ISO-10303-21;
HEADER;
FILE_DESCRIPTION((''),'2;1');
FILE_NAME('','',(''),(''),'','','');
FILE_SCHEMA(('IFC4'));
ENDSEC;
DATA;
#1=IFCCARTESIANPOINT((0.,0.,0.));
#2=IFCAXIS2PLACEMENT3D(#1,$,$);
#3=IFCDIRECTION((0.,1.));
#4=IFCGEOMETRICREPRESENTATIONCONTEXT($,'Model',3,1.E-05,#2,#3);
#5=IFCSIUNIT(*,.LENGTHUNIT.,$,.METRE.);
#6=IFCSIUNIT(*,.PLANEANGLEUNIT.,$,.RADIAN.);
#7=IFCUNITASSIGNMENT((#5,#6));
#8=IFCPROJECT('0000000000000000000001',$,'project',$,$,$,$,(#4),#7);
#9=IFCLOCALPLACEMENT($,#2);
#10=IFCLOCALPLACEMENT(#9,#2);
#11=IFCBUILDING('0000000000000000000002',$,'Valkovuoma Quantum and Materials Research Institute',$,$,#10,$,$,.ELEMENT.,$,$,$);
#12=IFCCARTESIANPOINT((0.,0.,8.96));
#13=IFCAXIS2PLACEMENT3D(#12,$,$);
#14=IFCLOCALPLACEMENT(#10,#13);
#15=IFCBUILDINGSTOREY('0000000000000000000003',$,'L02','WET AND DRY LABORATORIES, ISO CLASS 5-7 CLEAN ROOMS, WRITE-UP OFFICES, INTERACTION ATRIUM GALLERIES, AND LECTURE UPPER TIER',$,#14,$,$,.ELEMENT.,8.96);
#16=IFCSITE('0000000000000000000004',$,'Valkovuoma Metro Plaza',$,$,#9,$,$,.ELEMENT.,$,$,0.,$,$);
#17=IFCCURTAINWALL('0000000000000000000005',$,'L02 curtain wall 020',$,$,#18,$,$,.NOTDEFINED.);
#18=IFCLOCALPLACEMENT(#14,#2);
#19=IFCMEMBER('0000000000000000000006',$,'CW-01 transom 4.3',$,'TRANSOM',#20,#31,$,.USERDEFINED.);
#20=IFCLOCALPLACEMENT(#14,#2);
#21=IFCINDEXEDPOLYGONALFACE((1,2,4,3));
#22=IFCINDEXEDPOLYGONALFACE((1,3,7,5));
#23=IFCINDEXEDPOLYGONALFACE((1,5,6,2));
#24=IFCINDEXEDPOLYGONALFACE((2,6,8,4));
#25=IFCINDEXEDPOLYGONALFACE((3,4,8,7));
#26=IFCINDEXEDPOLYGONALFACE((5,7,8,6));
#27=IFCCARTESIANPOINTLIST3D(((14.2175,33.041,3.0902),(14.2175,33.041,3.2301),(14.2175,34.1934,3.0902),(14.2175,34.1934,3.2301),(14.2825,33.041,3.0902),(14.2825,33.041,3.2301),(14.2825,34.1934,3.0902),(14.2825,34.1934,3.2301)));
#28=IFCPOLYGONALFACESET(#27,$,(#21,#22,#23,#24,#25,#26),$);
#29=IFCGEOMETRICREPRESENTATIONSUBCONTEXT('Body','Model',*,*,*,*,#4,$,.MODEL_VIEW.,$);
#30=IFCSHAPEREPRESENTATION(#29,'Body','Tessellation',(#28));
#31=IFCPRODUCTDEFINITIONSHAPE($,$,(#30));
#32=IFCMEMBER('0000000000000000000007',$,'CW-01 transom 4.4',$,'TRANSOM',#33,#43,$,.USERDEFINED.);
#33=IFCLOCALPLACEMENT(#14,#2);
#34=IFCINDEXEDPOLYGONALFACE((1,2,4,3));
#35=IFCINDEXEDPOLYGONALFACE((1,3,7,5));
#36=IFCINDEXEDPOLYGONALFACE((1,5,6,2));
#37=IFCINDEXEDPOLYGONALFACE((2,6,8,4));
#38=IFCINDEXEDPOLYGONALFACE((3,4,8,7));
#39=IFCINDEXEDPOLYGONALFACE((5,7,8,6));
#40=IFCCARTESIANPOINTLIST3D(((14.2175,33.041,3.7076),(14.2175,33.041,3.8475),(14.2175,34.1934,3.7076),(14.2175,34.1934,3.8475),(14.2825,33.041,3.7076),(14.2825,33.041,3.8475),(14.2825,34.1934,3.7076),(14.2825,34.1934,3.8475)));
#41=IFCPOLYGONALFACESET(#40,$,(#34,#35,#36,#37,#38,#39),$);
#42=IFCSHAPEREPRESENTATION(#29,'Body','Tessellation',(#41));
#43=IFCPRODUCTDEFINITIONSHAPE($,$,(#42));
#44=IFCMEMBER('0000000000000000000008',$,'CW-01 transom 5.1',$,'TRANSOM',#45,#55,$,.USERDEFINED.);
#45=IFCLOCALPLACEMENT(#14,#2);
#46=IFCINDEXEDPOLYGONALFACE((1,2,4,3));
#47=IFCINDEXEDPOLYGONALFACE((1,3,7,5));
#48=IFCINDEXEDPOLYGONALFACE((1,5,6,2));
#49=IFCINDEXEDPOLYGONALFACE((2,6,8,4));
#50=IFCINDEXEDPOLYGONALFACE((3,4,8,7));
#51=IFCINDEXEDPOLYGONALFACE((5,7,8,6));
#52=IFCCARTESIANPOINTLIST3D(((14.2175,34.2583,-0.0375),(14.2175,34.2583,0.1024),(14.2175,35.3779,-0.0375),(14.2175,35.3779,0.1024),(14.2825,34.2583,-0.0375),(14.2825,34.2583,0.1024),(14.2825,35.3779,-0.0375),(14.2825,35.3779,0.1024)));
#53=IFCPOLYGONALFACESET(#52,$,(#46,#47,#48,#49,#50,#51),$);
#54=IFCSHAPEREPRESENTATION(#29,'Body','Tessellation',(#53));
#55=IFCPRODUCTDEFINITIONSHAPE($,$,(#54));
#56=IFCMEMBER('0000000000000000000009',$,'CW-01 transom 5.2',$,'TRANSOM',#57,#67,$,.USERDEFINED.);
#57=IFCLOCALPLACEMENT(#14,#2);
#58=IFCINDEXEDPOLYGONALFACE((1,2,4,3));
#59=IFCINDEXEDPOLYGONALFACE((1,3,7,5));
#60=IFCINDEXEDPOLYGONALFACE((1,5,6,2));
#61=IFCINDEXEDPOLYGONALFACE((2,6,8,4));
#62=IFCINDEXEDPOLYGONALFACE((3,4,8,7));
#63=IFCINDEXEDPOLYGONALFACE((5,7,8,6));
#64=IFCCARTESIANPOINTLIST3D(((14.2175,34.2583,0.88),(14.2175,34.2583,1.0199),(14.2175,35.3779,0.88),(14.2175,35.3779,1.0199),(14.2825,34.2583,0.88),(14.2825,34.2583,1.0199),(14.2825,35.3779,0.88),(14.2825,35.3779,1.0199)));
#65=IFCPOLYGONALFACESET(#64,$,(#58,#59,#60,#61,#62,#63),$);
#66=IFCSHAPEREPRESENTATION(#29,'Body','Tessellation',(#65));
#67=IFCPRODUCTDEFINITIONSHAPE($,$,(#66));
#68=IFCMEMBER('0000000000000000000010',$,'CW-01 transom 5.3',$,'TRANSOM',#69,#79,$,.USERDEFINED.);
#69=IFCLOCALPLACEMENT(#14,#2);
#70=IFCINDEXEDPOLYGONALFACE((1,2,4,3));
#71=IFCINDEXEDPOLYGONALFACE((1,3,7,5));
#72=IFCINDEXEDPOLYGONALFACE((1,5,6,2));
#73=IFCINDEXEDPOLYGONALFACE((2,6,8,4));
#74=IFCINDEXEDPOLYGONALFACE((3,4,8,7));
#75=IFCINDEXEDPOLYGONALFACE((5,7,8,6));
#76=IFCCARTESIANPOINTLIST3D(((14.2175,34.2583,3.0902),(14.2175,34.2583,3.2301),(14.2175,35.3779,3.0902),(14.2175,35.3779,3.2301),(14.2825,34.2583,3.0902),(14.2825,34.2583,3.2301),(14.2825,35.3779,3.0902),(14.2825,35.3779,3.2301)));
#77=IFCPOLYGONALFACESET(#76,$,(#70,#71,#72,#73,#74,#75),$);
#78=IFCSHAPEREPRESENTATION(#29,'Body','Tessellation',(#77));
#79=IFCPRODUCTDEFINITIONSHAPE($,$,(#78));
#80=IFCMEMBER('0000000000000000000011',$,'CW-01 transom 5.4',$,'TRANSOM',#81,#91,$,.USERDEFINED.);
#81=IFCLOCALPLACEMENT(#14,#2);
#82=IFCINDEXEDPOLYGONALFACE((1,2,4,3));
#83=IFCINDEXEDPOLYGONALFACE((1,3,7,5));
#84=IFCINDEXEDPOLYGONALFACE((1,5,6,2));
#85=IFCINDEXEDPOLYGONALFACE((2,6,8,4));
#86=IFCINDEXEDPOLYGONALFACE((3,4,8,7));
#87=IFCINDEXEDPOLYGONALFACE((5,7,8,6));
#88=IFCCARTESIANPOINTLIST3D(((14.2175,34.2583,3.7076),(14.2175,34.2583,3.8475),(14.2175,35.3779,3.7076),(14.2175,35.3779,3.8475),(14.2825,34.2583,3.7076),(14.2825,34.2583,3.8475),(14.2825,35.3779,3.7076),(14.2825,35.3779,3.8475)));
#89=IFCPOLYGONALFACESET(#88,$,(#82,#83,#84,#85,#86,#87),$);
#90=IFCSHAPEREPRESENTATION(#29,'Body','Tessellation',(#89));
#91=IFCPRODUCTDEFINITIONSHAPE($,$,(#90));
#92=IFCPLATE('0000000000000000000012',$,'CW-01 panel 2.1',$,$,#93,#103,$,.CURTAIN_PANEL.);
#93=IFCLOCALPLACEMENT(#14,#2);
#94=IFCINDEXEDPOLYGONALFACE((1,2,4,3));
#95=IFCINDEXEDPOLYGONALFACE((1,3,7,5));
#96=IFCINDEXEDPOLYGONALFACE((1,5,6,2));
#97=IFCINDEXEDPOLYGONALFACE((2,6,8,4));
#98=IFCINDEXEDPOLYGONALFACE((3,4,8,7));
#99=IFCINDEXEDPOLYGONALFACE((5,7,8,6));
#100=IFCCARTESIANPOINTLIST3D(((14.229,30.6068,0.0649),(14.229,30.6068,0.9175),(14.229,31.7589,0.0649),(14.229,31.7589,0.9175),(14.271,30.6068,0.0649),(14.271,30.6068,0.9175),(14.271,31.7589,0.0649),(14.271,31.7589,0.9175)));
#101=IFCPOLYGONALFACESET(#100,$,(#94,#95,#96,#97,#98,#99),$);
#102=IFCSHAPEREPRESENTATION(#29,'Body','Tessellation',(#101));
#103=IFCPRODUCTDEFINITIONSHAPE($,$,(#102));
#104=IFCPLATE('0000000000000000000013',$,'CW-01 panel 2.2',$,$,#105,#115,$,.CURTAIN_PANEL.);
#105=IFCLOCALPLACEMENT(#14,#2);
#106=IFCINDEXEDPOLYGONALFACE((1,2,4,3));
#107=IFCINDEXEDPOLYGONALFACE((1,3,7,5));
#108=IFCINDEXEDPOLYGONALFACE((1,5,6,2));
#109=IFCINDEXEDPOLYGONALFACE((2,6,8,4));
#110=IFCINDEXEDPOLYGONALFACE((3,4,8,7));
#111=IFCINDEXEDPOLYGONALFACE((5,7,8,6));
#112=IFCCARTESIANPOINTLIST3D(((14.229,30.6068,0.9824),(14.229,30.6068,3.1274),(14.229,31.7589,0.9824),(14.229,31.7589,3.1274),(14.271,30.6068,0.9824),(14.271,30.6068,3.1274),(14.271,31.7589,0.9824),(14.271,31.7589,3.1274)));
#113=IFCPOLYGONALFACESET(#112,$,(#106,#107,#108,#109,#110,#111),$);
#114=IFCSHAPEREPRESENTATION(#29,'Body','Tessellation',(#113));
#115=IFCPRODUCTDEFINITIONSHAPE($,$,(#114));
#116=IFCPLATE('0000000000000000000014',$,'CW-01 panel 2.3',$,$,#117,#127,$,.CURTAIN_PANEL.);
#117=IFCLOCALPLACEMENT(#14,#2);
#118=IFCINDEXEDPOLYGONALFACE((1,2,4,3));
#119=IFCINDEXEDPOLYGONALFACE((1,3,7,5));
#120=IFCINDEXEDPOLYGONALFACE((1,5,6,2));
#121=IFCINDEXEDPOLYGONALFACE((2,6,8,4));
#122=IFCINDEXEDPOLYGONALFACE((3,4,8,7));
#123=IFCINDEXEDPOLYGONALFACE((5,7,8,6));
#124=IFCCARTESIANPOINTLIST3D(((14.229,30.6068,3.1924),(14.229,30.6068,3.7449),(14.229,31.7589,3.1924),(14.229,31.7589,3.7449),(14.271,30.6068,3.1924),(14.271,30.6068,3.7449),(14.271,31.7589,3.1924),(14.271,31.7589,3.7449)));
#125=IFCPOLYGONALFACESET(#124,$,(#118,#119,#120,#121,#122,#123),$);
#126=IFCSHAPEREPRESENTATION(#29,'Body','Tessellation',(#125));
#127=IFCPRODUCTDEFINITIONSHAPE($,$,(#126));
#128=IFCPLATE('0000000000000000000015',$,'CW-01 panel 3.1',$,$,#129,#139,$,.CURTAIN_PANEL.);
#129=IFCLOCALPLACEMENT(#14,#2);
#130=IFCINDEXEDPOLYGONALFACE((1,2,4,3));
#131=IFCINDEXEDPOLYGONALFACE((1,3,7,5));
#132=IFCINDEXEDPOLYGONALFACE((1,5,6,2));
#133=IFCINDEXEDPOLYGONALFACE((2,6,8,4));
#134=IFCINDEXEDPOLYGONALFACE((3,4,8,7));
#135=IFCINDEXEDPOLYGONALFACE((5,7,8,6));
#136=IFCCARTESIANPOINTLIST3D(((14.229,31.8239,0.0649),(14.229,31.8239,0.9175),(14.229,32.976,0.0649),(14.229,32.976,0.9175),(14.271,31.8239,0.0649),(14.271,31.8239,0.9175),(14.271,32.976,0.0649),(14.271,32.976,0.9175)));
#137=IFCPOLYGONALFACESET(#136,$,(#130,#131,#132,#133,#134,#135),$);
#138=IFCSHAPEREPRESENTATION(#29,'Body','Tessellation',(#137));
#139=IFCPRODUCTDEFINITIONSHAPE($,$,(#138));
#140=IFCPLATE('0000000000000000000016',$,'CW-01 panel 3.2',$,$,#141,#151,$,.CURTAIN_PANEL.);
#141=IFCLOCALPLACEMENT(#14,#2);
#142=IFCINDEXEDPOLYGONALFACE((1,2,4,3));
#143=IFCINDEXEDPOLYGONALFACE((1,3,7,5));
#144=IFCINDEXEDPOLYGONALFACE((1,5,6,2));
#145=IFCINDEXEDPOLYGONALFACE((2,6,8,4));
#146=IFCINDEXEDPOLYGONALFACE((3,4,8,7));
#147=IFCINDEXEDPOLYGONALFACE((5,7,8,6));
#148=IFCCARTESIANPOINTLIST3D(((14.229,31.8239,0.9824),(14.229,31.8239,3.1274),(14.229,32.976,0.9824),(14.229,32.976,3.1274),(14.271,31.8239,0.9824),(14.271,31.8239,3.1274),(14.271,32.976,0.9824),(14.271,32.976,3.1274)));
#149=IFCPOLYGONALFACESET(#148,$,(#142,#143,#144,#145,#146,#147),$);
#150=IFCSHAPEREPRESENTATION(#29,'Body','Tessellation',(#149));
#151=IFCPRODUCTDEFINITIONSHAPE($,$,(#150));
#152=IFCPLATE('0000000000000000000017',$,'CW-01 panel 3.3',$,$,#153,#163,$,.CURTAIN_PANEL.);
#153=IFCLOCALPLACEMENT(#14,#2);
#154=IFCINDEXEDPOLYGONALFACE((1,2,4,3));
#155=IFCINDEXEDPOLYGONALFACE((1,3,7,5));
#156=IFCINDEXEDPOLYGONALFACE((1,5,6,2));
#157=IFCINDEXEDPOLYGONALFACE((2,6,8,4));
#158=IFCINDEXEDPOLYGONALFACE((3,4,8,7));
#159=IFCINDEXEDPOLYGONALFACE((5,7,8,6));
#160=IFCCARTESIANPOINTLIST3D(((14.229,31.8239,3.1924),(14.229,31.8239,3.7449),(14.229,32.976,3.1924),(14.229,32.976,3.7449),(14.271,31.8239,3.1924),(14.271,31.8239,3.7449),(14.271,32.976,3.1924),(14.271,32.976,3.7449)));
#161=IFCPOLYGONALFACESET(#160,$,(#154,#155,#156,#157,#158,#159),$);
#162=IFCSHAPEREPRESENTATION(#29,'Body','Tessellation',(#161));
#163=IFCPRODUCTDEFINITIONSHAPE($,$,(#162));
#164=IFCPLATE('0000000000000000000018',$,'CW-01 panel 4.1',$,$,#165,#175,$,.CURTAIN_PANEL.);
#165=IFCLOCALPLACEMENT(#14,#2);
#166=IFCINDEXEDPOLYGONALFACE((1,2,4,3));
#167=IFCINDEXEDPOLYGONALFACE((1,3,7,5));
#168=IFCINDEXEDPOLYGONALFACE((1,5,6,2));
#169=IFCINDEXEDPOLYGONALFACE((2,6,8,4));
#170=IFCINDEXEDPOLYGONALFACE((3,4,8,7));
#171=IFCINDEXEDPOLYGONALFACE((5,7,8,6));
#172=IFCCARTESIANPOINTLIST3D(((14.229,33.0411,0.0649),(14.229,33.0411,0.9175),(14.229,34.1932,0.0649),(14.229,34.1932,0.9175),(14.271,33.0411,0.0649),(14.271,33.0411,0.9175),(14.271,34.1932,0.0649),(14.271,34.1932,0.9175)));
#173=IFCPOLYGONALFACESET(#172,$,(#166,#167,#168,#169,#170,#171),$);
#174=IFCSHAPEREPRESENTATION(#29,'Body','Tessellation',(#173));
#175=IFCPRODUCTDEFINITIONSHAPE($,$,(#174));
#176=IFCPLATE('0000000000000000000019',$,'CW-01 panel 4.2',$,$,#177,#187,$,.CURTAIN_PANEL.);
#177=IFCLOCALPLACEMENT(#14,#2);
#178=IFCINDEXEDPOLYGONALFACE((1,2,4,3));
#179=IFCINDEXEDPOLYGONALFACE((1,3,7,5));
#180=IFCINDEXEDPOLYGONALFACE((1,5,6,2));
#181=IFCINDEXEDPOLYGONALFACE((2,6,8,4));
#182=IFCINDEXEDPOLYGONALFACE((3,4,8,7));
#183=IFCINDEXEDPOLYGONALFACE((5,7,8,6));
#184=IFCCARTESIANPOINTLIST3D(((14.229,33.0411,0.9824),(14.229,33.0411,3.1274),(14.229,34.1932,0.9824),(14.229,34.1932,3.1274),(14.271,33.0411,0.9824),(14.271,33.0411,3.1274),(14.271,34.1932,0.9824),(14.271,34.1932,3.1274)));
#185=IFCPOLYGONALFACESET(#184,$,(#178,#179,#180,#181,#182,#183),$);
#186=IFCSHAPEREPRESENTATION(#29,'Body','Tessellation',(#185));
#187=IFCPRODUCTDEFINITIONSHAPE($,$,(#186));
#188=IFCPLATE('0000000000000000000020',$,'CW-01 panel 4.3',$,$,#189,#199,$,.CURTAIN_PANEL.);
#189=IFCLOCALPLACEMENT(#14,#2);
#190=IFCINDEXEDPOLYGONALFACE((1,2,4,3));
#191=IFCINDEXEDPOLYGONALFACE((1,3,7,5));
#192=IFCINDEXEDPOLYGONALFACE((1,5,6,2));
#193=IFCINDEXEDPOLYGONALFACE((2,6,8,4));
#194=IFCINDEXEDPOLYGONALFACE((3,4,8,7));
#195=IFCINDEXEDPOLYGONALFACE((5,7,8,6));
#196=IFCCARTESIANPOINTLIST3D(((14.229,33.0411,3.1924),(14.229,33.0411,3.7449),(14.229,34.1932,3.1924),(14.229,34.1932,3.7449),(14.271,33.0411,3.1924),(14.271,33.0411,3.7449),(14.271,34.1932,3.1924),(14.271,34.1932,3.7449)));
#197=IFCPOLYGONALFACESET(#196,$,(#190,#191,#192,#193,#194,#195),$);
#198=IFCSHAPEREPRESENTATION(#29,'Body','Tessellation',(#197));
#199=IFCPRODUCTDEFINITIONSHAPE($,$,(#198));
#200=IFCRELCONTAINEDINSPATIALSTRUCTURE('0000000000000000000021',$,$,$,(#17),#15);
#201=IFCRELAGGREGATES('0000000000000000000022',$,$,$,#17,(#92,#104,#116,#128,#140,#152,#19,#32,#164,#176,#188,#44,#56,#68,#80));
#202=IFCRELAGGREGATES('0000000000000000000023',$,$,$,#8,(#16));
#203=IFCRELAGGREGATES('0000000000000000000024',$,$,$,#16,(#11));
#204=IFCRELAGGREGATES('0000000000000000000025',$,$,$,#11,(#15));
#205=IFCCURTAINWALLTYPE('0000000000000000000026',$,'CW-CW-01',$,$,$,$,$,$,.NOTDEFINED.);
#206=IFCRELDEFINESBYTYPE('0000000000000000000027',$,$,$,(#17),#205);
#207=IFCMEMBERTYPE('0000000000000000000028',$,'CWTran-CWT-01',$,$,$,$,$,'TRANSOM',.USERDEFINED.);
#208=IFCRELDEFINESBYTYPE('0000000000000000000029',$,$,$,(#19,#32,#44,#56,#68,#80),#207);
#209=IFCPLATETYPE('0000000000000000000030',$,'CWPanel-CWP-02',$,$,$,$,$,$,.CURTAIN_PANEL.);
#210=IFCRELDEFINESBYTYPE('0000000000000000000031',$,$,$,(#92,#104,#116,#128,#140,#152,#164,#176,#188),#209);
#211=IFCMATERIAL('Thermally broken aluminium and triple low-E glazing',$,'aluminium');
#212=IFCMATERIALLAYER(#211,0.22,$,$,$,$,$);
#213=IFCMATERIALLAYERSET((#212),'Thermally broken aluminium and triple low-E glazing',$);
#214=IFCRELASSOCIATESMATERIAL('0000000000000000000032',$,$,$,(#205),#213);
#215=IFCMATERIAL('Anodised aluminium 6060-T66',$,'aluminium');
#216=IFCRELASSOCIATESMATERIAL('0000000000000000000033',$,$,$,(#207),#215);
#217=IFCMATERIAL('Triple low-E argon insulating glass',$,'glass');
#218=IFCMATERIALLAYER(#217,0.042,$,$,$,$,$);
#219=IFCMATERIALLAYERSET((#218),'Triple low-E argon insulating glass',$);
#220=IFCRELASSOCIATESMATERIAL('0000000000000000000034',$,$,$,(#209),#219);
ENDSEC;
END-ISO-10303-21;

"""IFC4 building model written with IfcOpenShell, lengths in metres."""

from ifc_helpers import new_model, si_unit, direction, frame, origin, origin_2d, place, context, subcontext, project, spatial, rectangle, extrude, material, layer, layer_set, material_profile, profile_set, type_object, element, aggregate, save


model = new_model("IFC4")

# Units and contexts
model_context = context("Model", 3, precision=1e-05, world=origin(), true_north=direction((0.0, 1.0)))
body_context = subcontext(model_context, "Body", "Model", "MODEL_VIEW")
ifc_project = project(units=[si_unit("LENGTHUNIT", "METRE"), si_unit("PLANEANGLEUNIT", "RADIAN")], contexts=[model_context])

# Site, building, storey
site_placement = place(None, origin())
site = spatial("IfcSite", under=ifc_project, at=site_placement, Name="Valkovuoma Metro Plaza", CompositionType="ELEMENT", RefElevation=0.0)
building_placement = place(site_placement, origin())
building = spatial("IfcBuilding", under=site, at=building_placement, Name="Valkovuoma Quantum and Materials Research Institute", CompositionType="ELEMENT")
storey_placement = place(building_placement, frame((0.0, 0.0, 8.96)))
storey = spatial("IfcBuildingStorey", under=building, at=storey_placement, Name="L02", Description="WET AND DRY LABORATORIES, ISO CLASS 5-7 CLEAN ROOMS, WRITE-UP OFFICES, INTERACTION ATRIUM GALLERIES, AND LECTURE UPPER TIER", CompositionType="ELEMENT", Elevation=8.96)

# Curtain wall, members, plates
ifc_material_1 = material(Name="Thermally broken aluminium and triple low-E glazing", Category="aluminium")
ifc_layer_1 = layer(ifc_material_1, 0.22)
ifc_layer_set_1 = layer_set([ifc_layer_1], Name="Thermally broken aluminium and triple low-E glazing")
curtain_wall_type = type_object("IfcCurtainWallType", Name="CW-CW-01", PredefinedType="NOTDEFINED", material=ifc_layer_set_1)
curtain_wall_placement = place(storey_placement, origin())
curtain_wall = element("IfcCurtainWall", 1, at=curtain_wall_placement, inside=storey, type_object=curtain_wall_type, Name="L02 curtain wall 020", PredefinedType="NOTDEFINED")
ifc_material_2 = material(Name="Anodised aluminium 6060-T66", Category="aluminium")
ifc_material_profile_1 = material_profile(ifc_material_2, rectangle(XDim=0.0649, YDim=0.1399, at=origin_2d()), Name="Anodised aluminium 6060-T66")
ifc_profile_set_1 = profile_set([ifc_material_profile_1], Name="Anodised aluminium 6060-T66")
member_type_1 = type_object("IfcMemberType", Name="CWTran-CWT-01", ElementType="TRANSOM", PredefinedType="USERDEFINED", material=ifc_profile_set_1)
member_1_placement = place(storey_placement, frame((14.25, 33.041, 3.1602), z_axis=(0.0, 1.0, 0.0), x_axis=(-1.0, 0.0, 0.0)))
member_1 = element("IfcMember", 2, at=member_1_placement, type_object=member_type_1, Name="CW-01 transom 4.3", ObjectType="TRANSOM", PredefinedType="USERDEFINED", context=body_context, shape_type="SweptSolid", body=[
    extrude(rectangle(XDim=0.0649, YDim=0.1399, at=origin_2d()), origin(), (0.0, 0.0, 1.0), 1.1523),
])
member_2_placement = place(storey_placement, frame((14.25, 33.041, 3.7776), z_axis=(0.0, 1.0, 0.0), x_axis=(-1.0, 0.0, 0.0)))
member_2 = element("IfcMember", 3, at=member_2_placement, type_object=member_type_1, Name="CW-01 transom 4.4", ObjectType="TRANSOM", PredefinedType="USERDEFINED", context=body_context, shape_type="SweptSolid", body=[
    extrude(rectangle(XDim=0.0649, YDim=0.1399, at=origin_2d()), origin(), (0.0, 0.0, 1.0), 1.1523),
])
member_3_placement = place(storey_placement, frame((14.25, 34.2583, 0.0325), z_axis=(0.0, 1.0, 0.0), x_axis=(-1.0, 0.0, 0.0)))
member_3 = element("IfcMember", 4, at=member_3_placement, type_object=member_type_1, Name="CW-01 transom 5.1", ObjectType="TRANSOM", PredefinedType="USERDEFINED", context=body_context, shape_type="SweptSolid", body=[
    extrude(rectangle(XDim=0.0649, YDim=0.1399, at=origin_2d()), origin(), (0.0, 0.0, 1.0), 1.1196),
])
member_4_placement = place(storey_placement, frame((14.25, 34.2583, 0.95), z_axis=(0.0, 1.0, 0.0), x_axis=(-1.0, 0.0, 0.0)))
member_4 = element("IfcMember", 5, at=member_4_placement, type_object=member_type_1, Name="CW-01 transom 5.2", ObjectType="TRANSOM", PredefinedType="USERDEFINED", context=body_context, shape_type="SweptSolid", body=[
    extrude(rectangle(XDim=0.0649, YDim=0.1399, at=origin_2d()), origin(), (0.0, 0.0, 1.0), 1.1196),
])
member_5_placement = place(storey_placement, frame((14.25, 34.2583, 3.1602), z_axis=(0.0, 1.0, 0.0), x_axis=(-1.0, 0.0, 0.0)))
member_5 = element("IfcMember", 6, at=member_5_placement, type_object=member_type_1, Name="CW-01 transom 5.3", ObjectType="TRANSOM", PredefinedType="USERDEFINED", context=body_context, shape_type="SweptSolid", body=[
    extrude(rectangle(XDim=0.0649, YDim=0.1399, at=origin_2d()), origin(), (0.0, 0.0, 1.0), 1.1196),
])
member_6_placement = place(storey_placement, frame((14.25, 34.2583, 3.7776), z_axis=(0.0, 1.0, 0.0), x_axis=(-1.0, 0.0, 0.0)))
member_6 = element("IfcMember", 7, at=member_6_placement, type_object=member_type_1, Name="CW-01 transom 5.4", ObjectType="TRANSOM", PredefinedType="USERDEFINED", context=body_context, shape_type="SweptSolid", body=[
    extrude(rectangle(XDim=0.0649, YDim=0.1399, at=origin_2d()), origin(), (0.0, 0.0, 1.0), 1.1196),
])
ifc_material_3 = material(Name="Triple low-E argon insulating glass", Category="glass")
ifc_layer_2 = layer(ifc_material_3, 0.042)
ifc_layer_set_2 = layer_set([ifc_layer_2], Name="Triple low-E argon insulating glass")
plate_type = type_object("IfcPlateType", Name="CWPanel-CWP-02", PredefinedType="CURTAIN_PANEL", material=ifc_layer_set_2)
plate_1_placement = place(storey_placement, frame((14.25, 31.1829, 0.0649), z_axis=(0.0, 0.0, 1.0), x_axis=(0.0, 1.0, 0.0)))
plate_1 = element("IfcPlate", 8, at=plate_1_placement, type_object=plate_type, Name="CW-01 panel 2.1", PredefinedType="CURTAIN_PANEL", context=body_context, shape_type="SweptSolid", body=[
    extrude(rectangle(XDim=1.1521, YDim=0.042, at=origin_2d()), origin(), (0.0, 0.0, 1.0), 0.8525),
])
plate_2_placement = place(storey_placement, frame((14.25, 31.1829, 0.9824), z_axis=(0.0, 0.0, 1.0), x_axis=(0.0, 1.0, 0.0)))
plate_2 = element("IfcPlate", 9, at=plate_2_placement, type_object=plate_type, Name="CW-01 panel 2.2", PredefinedType="CURTAIN_PANEL", context=body_context, shape_type="SweptSolid", body=[
    extrude(rectangle(XDim=1.1521, YDim=0.042, at=origin_2d()), origin(), (0.0, 0.0, 1.0), 2.145),
])
plate_3_placement = place(storey_placement, frame((14.25, 31.1829, 3.1924), z_axis=(0.0, 0.0, 1.0), x_axis=(0.0, 1.0, 0.0)))
plate_3 = element("IfcPlate", 10, at=plate_3_placement, type_object=plate_type, Name="CW-01 panel 2.3", PredefinedType="CURTAIN_PANEL", context=body_context, shape_type="SweptSolid", body=[
    extrude(rectangle(XDim=1.1521, YDim=0.042, at=origin_2d()), origin(), (0.0, 0.0, 1.0), 0.5525),
])
plate_4_placement = place(storey_placement, frame((14.25, 32.3999, 0.0649), z_axis=(0.0, 0.0, 1.0), x_axis=(0.0, 1.0, 0.0)))
plate_4 = element("IfcPlate", 11, at=plate_4_placement, type_object=plate_type, Name="CW-01 panel 3.1", PredefinedType="CURTAIN_PANEL", context=body_context, shape_type="SweptSolid", body=[
    extrude(rectangle(XDim=1.1521, YDim=0.042, at=origin_2d()), origin(), (0.0, 0.0, 1.0), 0.8525),
])
plate_5_placement = place(storey_placement, frame((14.25, 32.3999, 0.9824), z_axis=(0.0, 0.0, 1.0), x_axis=(0.0, 1.0, 0.0)))
plate_5 = element("IfcPlate", 12, at=plate_5_placement, type_object=plate_type, Name="CW-01 panel 3.2", PredefinedType="CURTAIN_PANEL", context=body_context, shape_type="SweptSolid", body=[
    extrude(rectangle(XDim=1.1521, YDim=0.042, at=origin_2d()), origin(), (0.0, 0.0, 1.0), 2.145),
])
plate_6_placement = place(storey_placement, frame((14.25, 32.3999, 3.1924), z_axis=(0.0, 0.0, 1.0), x_axis=(0.0, 1.0, 0.0)))
plate_6 = element("IfcPlate", 13, at=plate_6_placement, type_object=plate_type, Name="CW-01 panel 3.3", PredefinedType="CURTAIN_PANEL", context=body_context, shape_type="SweptSolid", body=[
    extrude(rectangle(XDim=1.1521, YDim=0.042, at=origin_2d()), origin(), (0.0, 0.0, 1.0), 0.5525),
])
plate_7_placement = place(storey_placement, frame((14.25, 33.6172, 0.0649), z_axis=(0.0, 0.0, 1.0), x_axis=(0.0, 1.0, 0.0)))
plate_7 = element("IfcPlate", 14, at=plate_7_placement, type_object=plate_type, Name="CW-01 panel 4.1", PredefinedType="CURTAIN_PANEL", context=body_context, shape_type="SweptSolid", body=[
    extrude(rectangle(XDim=1.1521, YDim=0.042, at=origin_2d()), origin(), (0.0, 0.0, 1.0), 0.8525),
])
plate_8_placement = place(storey_placement, frame((14.25, 33.6172, 0.9824), z_axis=(0.0, 0.0, 1.0), x_axis=(0.0, 1.0, 0.0)))
plate_8 = element("IfcPlate", 15, at=plate_8_placement, type_object=plate_type, Name="CW-01 panel 4.2", PredefinedType="CURTAIN_PANEL", context=body_context, shape_type="SweptSolid", body=[
    extrude(rectangle(XDim=1.1521, YDim=0.042, at=origin_2d()), origin(), (0.0, 0.0, 1.0), 2.145),
])
plate_9_placement = place(storey_placement, frame((14.25, 33.6172, 3.1924), z_axis=(0.0, 0.0, 1.0), x_axis=(0.0, 1.0, 0.0)))
plate_9 = element("IfcPlate", 16, at=plate_9_placement, type_object=plate_type, Name="CW-01 panel 4.3", PredefinedType="CURTAIN_PANEL", context=body_context, shape_type="SweptSolid", body=[
    extrude(rectangle(XDim=1.1521, YDim=0.042, at=origin_2d()), origin(), (0.0, 0.0, 1.0), 0.5525),
])
aggregate(curtain_wall, [plate_1, plate_2, plate_3, plate_4, plate_5, plate_6, member_1, member_2, plate_7, plate_8, plate_9, member_3, member_4, member_5, member_6])

save(model, "model.ifc")
